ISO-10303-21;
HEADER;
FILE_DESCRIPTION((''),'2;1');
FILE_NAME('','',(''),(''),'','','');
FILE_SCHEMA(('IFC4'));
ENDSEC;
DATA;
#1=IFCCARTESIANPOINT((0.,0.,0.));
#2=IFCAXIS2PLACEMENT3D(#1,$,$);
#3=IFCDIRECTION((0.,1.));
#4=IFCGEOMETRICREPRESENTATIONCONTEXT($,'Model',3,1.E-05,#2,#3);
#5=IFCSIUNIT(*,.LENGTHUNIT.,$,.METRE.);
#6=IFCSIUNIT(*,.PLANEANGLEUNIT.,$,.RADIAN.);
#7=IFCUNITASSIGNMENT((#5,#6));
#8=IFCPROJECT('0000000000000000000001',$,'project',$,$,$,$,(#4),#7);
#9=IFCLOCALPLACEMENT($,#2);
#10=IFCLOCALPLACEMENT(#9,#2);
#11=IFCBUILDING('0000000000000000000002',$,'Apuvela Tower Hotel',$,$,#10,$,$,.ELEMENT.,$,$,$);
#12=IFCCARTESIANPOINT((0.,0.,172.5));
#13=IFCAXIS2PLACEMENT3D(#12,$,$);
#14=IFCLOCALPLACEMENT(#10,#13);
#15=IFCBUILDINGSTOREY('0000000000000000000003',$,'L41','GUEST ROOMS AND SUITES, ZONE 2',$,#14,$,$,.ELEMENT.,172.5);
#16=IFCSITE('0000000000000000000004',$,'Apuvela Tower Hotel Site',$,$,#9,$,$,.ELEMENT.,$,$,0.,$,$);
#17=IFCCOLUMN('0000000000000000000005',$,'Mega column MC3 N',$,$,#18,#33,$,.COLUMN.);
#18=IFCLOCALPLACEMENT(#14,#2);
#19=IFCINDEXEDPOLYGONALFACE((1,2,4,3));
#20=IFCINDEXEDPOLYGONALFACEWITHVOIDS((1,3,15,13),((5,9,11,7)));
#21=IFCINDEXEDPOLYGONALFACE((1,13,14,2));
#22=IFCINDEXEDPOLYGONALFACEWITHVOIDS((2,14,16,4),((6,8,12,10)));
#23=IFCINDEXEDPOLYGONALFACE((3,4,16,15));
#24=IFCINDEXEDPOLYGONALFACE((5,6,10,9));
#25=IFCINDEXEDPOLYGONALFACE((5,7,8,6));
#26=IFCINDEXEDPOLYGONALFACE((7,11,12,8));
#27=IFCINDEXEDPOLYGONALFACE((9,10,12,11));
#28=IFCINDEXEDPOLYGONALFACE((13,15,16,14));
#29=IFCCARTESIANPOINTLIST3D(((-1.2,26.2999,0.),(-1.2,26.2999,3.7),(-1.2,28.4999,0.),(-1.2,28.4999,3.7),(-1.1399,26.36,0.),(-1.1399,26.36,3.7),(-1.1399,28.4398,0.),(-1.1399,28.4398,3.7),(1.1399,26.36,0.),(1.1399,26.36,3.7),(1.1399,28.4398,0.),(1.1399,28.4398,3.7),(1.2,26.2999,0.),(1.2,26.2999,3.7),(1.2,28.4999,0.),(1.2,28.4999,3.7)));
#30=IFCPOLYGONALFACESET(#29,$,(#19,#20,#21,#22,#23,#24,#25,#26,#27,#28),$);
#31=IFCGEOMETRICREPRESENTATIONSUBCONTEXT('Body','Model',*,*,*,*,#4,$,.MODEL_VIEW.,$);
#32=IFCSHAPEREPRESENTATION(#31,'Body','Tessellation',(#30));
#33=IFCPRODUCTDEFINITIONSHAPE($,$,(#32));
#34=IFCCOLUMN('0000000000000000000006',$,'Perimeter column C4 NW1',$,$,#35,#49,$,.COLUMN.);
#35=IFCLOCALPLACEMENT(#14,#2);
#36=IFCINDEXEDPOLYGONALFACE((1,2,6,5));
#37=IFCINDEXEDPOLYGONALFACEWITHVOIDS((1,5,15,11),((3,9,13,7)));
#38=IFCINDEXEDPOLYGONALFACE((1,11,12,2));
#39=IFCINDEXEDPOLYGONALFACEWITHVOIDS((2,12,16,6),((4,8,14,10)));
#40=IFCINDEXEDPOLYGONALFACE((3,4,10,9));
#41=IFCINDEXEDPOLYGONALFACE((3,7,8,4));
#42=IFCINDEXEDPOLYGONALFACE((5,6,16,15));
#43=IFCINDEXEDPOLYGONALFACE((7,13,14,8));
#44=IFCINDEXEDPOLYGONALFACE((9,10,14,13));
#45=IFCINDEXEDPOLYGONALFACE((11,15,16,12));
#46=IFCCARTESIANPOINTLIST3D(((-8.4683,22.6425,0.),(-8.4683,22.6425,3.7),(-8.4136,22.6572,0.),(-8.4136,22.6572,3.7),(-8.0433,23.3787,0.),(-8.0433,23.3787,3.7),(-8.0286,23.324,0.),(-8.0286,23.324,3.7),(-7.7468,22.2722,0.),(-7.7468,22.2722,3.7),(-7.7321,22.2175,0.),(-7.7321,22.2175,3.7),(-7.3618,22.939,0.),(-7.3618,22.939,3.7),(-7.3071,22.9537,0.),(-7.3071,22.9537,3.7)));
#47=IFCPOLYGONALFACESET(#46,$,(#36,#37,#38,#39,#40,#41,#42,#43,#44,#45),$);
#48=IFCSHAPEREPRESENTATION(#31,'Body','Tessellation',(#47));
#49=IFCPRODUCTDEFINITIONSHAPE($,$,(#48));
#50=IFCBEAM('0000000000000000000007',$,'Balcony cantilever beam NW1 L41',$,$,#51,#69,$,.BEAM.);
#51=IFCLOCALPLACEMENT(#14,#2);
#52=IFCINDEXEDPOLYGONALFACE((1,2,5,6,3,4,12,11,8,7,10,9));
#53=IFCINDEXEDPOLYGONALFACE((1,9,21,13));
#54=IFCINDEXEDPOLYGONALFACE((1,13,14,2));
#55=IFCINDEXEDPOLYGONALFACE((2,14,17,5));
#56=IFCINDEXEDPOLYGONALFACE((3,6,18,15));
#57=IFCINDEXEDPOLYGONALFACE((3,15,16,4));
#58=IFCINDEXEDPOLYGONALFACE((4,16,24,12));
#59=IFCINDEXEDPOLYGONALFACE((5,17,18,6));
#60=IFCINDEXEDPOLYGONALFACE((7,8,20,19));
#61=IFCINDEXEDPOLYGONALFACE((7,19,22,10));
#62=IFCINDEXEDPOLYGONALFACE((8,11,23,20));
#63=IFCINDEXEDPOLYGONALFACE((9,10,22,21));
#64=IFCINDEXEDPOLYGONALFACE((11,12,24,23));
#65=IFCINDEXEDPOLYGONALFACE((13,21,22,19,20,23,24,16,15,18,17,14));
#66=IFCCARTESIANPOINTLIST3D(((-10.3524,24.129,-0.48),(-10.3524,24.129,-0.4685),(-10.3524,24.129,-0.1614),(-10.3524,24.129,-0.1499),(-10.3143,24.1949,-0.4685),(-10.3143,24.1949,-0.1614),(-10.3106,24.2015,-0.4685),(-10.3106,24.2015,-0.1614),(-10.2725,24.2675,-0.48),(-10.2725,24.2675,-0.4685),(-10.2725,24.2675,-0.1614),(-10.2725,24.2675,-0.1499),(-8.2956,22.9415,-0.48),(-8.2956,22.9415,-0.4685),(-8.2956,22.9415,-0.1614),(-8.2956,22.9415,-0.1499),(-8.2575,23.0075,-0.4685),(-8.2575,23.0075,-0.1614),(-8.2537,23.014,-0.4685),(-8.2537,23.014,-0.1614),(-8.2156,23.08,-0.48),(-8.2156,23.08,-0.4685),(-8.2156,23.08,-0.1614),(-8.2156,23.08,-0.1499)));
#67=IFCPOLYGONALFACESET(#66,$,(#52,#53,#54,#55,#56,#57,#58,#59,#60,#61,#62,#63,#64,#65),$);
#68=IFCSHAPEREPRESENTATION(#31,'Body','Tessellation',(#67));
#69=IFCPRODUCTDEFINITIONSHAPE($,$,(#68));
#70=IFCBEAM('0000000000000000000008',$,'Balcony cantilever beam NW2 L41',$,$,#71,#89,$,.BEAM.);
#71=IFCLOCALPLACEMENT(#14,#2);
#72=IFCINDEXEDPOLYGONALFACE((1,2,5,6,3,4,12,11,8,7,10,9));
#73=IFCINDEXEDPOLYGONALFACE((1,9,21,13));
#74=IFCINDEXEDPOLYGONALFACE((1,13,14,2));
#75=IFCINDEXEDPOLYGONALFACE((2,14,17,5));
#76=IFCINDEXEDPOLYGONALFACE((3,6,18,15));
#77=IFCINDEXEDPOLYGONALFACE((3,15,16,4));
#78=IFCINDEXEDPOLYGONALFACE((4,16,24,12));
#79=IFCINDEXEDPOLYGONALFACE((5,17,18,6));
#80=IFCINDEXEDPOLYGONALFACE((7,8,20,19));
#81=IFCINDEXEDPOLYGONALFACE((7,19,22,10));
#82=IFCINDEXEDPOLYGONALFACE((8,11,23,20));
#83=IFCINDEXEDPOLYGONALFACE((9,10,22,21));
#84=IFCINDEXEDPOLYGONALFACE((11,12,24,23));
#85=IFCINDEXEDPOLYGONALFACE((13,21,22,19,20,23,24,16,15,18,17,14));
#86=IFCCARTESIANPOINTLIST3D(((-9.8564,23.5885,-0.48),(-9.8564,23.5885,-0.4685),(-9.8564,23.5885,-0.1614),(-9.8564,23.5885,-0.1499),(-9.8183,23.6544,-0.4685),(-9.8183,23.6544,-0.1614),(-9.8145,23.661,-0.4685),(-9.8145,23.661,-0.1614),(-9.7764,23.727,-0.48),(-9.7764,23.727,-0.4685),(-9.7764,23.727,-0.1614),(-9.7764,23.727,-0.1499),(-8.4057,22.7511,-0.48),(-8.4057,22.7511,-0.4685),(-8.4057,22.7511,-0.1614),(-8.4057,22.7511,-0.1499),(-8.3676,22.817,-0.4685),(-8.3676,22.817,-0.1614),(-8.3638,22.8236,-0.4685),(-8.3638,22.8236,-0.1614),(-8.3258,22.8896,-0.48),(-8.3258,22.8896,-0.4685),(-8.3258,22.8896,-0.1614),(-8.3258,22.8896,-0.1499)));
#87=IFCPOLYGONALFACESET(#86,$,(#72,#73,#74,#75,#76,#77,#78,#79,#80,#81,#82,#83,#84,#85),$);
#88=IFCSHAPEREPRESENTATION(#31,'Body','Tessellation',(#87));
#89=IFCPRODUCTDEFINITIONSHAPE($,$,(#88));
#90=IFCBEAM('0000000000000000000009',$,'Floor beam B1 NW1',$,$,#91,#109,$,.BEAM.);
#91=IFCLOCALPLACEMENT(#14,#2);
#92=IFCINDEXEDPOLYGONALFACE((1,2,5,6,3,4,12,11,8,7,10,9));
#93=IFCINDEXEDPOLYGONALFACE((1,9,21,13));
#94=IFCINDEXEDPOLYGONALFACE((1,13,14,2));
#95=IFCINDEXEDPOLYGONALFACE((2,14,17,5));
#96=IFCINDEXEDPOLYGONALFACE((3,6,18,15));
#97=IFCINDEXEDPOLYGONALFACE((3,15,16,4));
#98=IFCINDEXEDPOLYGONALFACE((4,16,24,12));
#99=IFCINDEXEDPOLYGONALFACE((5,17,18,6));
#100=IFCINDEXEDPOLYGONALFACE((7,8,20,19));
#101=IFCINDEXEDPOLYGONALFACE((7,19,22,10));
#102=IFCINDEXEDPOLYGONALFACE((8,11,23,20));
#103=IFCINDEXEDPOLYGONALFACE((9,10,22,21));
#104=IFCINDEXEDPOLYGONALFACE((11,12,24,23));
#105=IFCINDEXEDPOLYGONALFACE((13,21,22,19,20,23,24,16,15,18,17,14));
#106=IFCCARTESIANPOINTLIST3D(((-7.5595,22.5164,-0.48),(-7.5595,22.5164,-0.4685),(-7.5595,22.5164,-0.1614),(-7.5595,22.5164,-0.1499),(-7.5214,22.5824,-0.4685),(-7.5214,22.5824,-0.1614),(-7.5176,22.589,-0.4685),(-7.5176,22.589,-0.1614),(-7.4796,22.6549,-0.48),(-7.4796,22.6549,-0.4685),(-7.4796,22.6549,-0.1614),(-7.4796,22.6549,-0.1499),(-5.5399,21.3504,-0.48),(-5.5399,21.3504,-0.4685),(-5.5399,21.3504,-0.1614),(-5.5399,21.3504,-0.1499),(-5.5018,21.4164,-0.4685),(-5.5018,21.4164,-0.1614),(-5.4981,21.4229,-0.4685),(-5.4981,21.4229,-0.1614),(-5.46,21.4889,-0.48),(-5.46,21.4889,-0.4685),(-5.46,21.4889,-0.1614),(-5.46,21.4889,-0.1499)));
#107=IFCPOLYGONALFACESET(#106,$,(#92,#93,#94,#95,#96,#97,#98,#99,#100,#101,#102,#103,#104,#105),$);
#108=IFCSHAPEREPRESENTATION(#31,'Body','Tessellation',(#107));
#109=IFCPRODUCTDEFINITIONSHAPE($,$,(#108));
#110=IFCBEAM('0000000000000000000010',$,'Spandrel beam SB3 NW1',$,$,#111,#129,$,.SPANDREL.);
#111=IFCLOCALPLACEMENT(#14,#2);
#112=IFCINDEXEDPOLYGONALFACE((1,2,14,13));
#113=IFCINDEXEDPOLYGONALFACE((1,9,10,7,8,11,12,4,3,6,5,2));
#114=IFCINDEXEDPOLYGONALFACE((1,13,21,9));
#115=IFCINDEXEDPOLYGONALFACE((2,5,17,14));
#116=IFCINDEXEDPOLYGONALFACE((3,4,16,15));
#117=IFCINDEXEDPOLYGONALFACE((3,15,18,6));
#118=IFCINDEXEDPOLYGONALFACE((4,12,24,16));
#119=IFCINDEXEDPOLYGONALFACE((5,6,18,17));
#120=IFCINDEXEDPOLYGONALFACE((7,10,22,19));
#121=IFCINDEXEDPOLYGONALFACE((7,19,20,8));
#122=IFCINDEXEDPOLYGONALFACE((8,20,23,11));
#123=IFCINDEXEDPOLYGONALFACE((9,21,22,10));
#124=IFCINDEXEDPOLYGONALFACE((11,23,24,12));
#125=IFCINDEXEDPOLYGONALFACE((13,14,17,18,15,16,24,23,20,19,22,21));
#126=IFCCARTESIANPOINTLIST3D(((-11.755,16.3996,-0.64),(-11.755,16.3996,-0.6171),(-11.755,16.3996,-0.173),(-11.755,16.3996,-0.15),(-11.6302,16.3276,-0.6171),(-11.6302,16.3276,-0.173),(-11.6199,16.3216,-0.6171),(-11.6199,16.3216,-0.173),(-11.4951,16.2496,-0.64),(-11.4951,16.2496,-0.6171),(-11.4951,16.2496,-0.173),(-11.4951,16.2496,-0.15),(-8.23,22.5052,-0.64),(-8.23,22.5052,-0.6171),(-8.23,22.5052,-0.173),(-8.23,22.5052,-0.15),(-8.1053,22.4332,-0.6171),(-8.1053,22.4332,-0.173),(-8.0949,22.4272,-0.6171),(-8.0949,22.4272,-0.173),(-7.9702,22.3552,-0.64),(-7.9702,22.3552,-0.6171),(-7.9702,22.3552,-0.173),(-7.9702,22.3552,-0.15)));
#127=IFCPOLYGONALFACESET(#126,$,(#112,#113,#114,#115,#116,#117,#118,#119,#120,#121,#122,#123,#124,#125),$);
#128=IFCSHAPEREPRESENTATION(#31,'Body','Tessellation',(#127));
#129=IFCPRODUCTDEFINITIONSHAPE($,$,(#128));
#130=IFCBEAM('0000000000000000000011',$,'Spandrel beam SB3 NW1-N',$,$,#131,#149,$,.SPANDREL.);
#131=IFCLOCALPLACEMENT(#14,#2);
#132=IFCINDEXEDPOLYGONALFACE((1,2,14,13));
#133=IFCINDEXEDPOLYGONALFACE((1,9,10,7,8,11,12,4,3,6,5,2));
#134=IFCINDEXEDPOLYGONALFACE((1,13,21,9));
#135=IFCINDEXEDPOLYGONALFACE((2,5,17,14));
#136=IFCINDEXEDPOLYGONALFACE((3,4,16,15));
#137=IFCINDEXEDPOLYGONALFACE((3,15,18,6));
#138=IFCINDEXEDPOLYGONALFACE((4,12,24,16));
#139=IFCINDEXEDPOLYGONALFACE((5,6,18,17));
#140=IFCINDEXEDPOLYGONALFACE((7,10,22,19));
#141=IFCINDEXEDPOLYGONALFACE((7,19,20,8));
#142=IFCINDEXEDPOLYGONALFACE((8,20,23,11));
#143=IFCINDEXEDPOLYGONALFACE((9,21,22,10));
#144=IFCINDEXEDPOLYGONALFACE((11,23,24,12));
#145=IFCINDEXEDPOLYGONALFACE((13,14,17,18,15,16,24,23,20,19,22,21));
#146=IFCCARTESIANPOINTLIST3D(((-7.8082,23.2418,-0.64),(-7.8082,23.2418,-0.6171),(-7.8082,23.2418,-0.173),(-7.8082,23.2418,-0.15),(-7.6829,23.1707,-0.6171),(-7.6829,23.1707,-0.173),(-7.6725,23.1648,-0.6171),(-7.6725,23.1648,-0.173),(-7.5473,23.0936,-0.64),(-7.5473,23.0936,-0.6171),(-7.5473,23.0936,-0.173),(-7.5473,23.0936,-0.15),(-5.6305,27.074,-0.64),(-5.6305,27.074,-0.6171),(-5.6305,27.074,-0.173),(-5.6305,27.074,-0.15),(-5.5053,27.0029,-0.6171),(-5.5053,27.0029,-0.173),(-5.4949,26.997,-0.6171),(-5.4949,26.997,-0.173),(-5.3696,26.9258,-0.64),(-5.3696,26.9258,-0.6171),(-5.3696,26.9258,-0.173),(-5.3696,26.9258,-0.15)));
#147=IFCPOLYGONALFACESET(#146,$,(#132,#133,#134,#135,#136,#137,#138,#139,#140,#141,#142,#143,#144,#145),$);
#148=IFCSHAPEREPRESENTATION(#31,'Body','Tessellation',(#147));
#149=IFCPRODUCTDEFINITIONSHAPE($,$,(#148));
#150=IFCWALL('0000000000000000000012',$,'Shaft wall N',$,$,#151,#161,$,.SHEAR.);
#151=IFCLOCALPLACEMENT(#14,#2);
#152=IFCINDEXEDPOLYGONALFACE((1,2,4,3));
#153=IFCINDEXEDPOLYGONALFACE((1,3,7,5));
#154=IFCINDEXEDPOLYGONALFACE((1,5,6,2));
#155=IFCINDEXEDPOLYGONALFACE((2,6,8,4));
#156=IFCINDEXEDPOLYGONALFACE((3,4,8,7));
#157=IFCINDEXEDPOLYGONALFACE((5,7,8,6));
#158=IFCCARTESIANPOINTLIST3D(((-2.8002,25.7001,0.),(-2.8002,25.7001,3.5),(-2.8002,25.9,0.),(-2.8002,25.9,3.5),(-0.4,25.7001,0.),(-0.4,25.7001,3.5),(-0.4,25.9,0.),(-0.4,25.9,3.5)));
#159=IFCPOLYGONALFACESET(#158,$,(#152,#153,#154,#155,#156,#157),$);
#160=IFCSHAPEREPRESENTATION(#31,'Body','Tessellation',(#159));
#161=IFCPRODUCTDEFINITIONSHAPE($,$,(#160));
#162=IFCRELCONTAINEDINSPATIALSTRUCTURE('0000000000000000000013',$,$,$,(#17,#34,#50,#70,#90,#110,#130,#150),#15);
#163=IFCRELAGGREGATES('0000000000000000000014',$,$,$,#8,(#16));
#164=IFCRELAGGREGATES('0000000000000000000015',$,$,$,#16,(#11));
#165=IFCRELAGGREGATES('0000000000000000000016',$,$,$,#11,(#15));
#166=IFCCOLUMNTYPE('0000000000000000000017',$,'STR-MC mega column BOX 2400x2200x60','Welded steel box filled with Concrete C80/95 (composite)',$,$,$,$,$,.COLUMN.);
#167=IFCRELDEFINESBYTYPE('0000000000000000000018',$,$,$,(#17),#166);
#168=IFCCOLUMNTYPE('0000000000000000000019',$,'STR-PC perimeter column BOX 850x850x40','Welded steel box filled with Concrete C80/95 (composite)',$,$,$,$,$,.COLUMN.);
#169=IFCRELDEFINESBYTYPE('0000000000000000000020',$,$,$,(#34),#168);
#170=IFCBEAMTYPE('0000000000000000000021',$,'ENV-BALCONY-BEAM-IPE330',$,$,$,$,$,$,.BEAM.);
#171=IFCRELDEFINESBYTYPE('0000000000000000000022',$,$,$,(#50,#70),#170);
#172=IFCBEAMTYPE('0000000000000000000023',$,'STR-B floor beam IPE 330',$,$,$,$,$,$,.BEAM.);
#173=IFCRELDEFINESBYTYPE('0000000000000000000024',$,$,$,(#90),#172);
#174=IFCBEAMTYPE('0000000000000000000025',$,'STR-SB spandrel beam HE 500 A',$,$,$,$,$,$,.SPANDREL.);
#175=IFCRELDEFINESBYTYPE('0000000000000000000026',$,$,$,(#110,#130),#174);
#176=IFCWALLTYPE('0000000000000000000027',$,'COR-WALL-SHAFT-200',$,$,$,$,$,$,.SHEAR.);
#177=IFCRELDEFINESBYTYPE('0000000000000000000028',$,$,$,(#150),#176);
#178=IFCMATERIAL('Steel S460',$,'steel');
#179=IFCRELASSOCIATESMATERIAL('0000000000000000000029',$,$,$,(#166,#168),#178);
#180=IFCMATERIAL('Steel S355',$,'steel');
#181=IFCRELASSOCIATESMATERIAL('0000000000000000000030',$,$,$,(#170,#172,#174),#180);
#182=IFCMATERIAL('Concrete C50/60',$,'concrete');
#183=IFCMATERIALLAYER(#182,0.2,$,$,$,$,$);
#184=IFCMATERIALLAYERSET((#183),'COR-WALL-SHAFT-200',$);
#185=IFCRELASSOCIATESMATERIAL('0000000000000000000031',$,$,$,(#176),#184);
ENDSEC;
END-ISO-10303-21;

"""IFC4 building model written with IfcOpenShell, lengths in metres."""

from ifc_helpers import new_model, si_unit, direction, frame, frame_2d, origin, origin_2d, place, context, subcontext, project, spatial, rectangle, hollow_rectangle, i_section, extrude, material, layer, layer_set, material_profile, profile_set, type_object, element, save


model = new_model("IFC4")

# Units and contexts
model_context = context("Model", 3, precision=1e-05, world=origin(), true_north=direction((0.0, 1.0)))
body_context = subcontext(model_context, "Body", "Model", "MODEL_VIEW")
ifc_project = project(units=[si_unit("LENGTHUNIT", "METRE"), si_unit("PLANEANGLEUNIT", "RADIAN")], contexts=[model_context])

# Site, building, storey
site_placement = place(None, origin())
site = spatial("IfcSite", under=ifc_project, at=site_placement, Name="Apuvela Tower Hotel Site", CompositionType="ELEMENT", RefElevation=0.0)
building_placement = place(site_placement, origin())
building = spatial("IfcBuilding", under=site, at=building_placement, Name="Apuvela Tower Hotel", CompositionType="ELEMENT")
storey_placement = place(building_placement, frame((0.0, 0.0, 172.5)))
storey = spatial("IfcBuildingStorey", under=building, at=storey_placement, Name="L41", Description="GUEST ROOMS AND SUITES, ZONE 2", CompositionType="ELEMENT", Elevation=172.5)

# Columns
ifc_material_1 = material(Name="Steel S460", Category="steel")
ifc_material_profile_1 = material_profile(ifc_material_1, hollow_rectangle(XDim=2.3999, YDim=2.2, WallThickness=0.0601, at=origin_2d()), Name="BOX 2400x2200x60")
ifc_material_2 = material(Name="Concrete C80/95", Category="concrete")
ifc_material_profile_2 = material_profile(ifc_material_2, rectangle(XDim=2.28, YDim=2.0801, at=origin_2d()), Name="Concrete C80/95 infill")
ifc_profile_set_1 = profile_set([ifc_material_profile_1, ifc_material_profile_2], Name="Steel S460")
column_type_1 = type_object("IfcColumnType", Name="STR-MC mega column BOX 2400x2200x60", Description="Welded steel box filled with Concrete C80/95 (composite)", PredefinedType="COLUMN", material=ifc_profile_set_1)
column_1_placement = place(storey_placement, frame((0.0, 27.3999, 0.0), z_axis=(0.0, 0.0, 1.0), x_axis=(1.0, 0.0, 0.0)))
element("IfcColumn", 1, at=column_1_placement, inside=storey, type_object=column_type_1, Name="Mega column MC3 N", PredefinedType="COLUMN", context=body_context, shape_type="SweptSolid", body=[
    extrude(hollow_rectangle(XDim=2.3999, YDim=2.2, WallThickness=0.0601, at=origin_2d()), origin(), (0.0, 0.0, 1.0), 3.7),
])
ifc_material_profile_3 = material_profile(ifc_material_1, hollow_rectangle(XDim=0.8501, YDim=0.8501, WallThickness=0.04, at=origin_2d()), Name="BOX 850x850x40")
ifc_material_profile_4 = material_profile(ifc_material_2, rectangle(XDim=0.77, YDim=0.77, at=origin_2d()), Name="Concrete C80/95 infill")
ifc_profile_set_2 = profile_set([ifc_material_profile_3, ifc_material_profile_4], Name="Steel S460")
column_type_2 = type_object("IfcColumnType", Name="STR-PC perimeter column BOX 850x850x40", Description="Welded steel box filled with Concrete C80/95 (composite)", PredefinedType="COLUMN", material=ifc_profile_set_2)
column_2_placement = place(storey_placement, frame((-7.8877, 22.7981, 0.0), z_axis=(0.0, 0.0, 1.0), x_axis=(0.5, 0.866025, 0.0)))
element("IfcColumn", 2, at=column_2_placement, inside=storey, type_object=column_type_2, Name="Perimeter column C4 NW1", PredefinedType="COLUMN", context=body_context, shape_type="SweptSolid", body=[
    extrude(hollow_rectangle(XDim=0.8501, YDim=0.8501, WallThickness=0.04, at=origin_2d()), origin(), (0.0, 0.0, 1.0), 3.7),
])

# Beams
ifc_material_3 = material(Name="Steel S355", Category="steel")
ifc_material_profile_5 = material_profile(ifc_material_3, i_section(OverallWidth=0.1599, OverallDepth=0.3301, WebThickness=0.0076, FlangeThickness=0.0115, at=origin_2d()), Name="IPE 330")
ifc_profile_set_3 = profile_set([ifc_material_profile_5], Name="Steel S355")
beam_type_1 = type_object("IfcBeamType", Name="ENV-BALCONY-BEAM-IPE330", PredefinedType="BEAM", material=ifc_profile_set_3)
beam_1_placement = place(storey_placement, frame((-8.2556, 23.0107, -0.3149), z_axis=(-0.866033, 0.499986, 0.0), x_axis=(-0.499986, -0.866033, 0.0)))
element("IfcBeam", 3, at=beam_1_placement, inside=storey, type_object=beam_type_1, Name="Balcony cantilever beam NW1 L41", PredefinedType="BEAM", context=body_context, shape_type="SweptSolid", body=[
    extrude(i_section(OverallWidth=0.1599, OverallDepth=0.3301, WebThickness=0.0076, FlangeThickness=0.0115, at=origin_2d()), origin(), (0.0, 0.0, 1.0), 2.375),
])
beam_2_placement = place(storey_placement, frame((-8.3657, 22.8203, -0.3149), z_axis=(-0.866064, 0.499933, 0.0), x_axis=(-0.499933, -0.866064, 0.0)))
element("IfcBeam", 4, at=beam_2_placement, inside=storey, type_object=beam_type_1, Name="Balcony cantilever beam NW2 L41", PredefinedType="BEAM", context=body_context, shape_type="SweptSolid", body=[
    extrude(i_section(OverallWidth=0.1599, OverallDepth=0.3301, WebThickness=0.0076, FlangeThickness=0.0115, at=origin_2d()), origin(), (0.0, 0.0, 1.0), 1.675),
])
ifc_material_profile_6 = material_profile(ifc_material_3, i_section(OverallWidth=0.1599, OverallDepth=0.3301, WebThickness=0.0076, FlangeThickness=0.0115, at=origin_2d()), Name="IPE 330")
ifc_profile_set_4 = profile_set([ifc_material_profile_6], Name="Steel S355")
beam_type_2 = type_object("IfcBeamType", Name="STR-B floor beam IPE 330", PredefinedType="BEAM", material=ifc_profile_set_4)
beam_3_placement = place(storey_placement, frame((-7.5195, 22.5857, -0.3149), z_axis=(0.866018, -0.500012, 0.0), x_axis=(0.500012, 0.866018, 0.0)))
element("IfcBeam", 5, at=beam_3_placement, inside=storey, type_object=beam_type_2, Name="Floor beam B1 NW1", PredefinedType="BEAM", context=body_context, shape_type="SweptSolid", body=[
    extrude(i_section(OverallWidth=0.1599, OverallDepth=0.3301, WebThickness=0.0076, FlangeThickness=0.0115, at=origin_2d()), origin(), (0.0, 0.0, 1.0), 2.332),
])
ifc_material_profile_7 = material_profile(ifc_material_3, i_section(OverallWidth=0.3, OverallDepth=0.49, WebThickness=0.012, FlangeThickness=0.0229, at=origin_2d()), Name="HE 500 A")
ifc_profile_set_5 = profile_set([ifc_material_profile_7], Name="Steel S355")
beam_type_3 = type_object("IfcBeamType", Name="STR-SB spandrel beam HE 500 A", PredefinedType="SPANDREL", material=ifc_profile_set_5)
beam_4_placement = place(storey_placement, frame((-8.1001, 22.4302, -0.395), z_axis=(-0.49999, -0.866031, 0.0), x_axis=(0.866031, -0.49999, 0.0)))
element("IfcBeam", 6, at=beam_4_placement, inside=storey, type_object=beam_type_3, Name="Spandrel beam SB3 NW1", PredefinedType="SPANDREL", context=body_context, shape_type="SweptSolid", body=[
    extrude(i_section(OverallWidth=0.3, OverallDepth=0.49, WebThickness=0.012, FlangeThickness=0.0229, at=origin_2d()), origin(), (0.0, 0.0, 1.0), 7.05),
])
beam_5_placement = place(storey_placement, frame((-7.6777, 23.1677, -0.395), z_axis=(0.494062, 0.869427, 0.0), x_axis=(-0.869427, 0.494062, 0.0)))
element("IfcBeam", 7, at=beam_5_placement, inside=storey, type_object=beam_type_3, Name="Spandrel beam SB3 NW1-N", PredefinedType="SPANDREL", context=body_context, shape_type="SweptSolid", body=[
    extrude(i_section(OverallWidth=0.3, OverallDepth=0.49, WebThickness=0.012, FlangeThickness=0.0229, at=origin_2d()), origin(), (0.0, 0.0, 1.0), 4.4077),
])

# Wall
ifc_material_4 = material(Name="Concrete C50/60", Category="concrete")
ifc_layer_1 = layer(ifc_material_4, 0.2)
ifc_layer_set_1 = layer_set([ifc_layer_1], Name="COR-WALL-SHAFT-200")
wall_type_1 = type_object("IfcWallType", Name="COR-WALL-SHAFT-200", PredefinedType="SHEAR", material=ifc_layer_set_1)
wall_1_placement = place(storey_placement, frame((-0.3999, 25.8, 0.0), z_axis=(0.0, 0.0, 1.0), x_axis=(-1.0, 0.0, 0.0)))
element("IfcWall", 8, at=wall_1_placement, inside=storey, type_object=wall_type_1, Name="Shaft wall N", PredefinedType="SHEAR", context=body_context, shape_type="SweptSolid", body=[
    extrude(rectangle(XDim=2.4001, YDim=0.2, at=frame_2d((1.2002, 0.0))), origin(), (0.0, 0.0, 1.0), 3.5),
])

save(model, "model.ifc")
